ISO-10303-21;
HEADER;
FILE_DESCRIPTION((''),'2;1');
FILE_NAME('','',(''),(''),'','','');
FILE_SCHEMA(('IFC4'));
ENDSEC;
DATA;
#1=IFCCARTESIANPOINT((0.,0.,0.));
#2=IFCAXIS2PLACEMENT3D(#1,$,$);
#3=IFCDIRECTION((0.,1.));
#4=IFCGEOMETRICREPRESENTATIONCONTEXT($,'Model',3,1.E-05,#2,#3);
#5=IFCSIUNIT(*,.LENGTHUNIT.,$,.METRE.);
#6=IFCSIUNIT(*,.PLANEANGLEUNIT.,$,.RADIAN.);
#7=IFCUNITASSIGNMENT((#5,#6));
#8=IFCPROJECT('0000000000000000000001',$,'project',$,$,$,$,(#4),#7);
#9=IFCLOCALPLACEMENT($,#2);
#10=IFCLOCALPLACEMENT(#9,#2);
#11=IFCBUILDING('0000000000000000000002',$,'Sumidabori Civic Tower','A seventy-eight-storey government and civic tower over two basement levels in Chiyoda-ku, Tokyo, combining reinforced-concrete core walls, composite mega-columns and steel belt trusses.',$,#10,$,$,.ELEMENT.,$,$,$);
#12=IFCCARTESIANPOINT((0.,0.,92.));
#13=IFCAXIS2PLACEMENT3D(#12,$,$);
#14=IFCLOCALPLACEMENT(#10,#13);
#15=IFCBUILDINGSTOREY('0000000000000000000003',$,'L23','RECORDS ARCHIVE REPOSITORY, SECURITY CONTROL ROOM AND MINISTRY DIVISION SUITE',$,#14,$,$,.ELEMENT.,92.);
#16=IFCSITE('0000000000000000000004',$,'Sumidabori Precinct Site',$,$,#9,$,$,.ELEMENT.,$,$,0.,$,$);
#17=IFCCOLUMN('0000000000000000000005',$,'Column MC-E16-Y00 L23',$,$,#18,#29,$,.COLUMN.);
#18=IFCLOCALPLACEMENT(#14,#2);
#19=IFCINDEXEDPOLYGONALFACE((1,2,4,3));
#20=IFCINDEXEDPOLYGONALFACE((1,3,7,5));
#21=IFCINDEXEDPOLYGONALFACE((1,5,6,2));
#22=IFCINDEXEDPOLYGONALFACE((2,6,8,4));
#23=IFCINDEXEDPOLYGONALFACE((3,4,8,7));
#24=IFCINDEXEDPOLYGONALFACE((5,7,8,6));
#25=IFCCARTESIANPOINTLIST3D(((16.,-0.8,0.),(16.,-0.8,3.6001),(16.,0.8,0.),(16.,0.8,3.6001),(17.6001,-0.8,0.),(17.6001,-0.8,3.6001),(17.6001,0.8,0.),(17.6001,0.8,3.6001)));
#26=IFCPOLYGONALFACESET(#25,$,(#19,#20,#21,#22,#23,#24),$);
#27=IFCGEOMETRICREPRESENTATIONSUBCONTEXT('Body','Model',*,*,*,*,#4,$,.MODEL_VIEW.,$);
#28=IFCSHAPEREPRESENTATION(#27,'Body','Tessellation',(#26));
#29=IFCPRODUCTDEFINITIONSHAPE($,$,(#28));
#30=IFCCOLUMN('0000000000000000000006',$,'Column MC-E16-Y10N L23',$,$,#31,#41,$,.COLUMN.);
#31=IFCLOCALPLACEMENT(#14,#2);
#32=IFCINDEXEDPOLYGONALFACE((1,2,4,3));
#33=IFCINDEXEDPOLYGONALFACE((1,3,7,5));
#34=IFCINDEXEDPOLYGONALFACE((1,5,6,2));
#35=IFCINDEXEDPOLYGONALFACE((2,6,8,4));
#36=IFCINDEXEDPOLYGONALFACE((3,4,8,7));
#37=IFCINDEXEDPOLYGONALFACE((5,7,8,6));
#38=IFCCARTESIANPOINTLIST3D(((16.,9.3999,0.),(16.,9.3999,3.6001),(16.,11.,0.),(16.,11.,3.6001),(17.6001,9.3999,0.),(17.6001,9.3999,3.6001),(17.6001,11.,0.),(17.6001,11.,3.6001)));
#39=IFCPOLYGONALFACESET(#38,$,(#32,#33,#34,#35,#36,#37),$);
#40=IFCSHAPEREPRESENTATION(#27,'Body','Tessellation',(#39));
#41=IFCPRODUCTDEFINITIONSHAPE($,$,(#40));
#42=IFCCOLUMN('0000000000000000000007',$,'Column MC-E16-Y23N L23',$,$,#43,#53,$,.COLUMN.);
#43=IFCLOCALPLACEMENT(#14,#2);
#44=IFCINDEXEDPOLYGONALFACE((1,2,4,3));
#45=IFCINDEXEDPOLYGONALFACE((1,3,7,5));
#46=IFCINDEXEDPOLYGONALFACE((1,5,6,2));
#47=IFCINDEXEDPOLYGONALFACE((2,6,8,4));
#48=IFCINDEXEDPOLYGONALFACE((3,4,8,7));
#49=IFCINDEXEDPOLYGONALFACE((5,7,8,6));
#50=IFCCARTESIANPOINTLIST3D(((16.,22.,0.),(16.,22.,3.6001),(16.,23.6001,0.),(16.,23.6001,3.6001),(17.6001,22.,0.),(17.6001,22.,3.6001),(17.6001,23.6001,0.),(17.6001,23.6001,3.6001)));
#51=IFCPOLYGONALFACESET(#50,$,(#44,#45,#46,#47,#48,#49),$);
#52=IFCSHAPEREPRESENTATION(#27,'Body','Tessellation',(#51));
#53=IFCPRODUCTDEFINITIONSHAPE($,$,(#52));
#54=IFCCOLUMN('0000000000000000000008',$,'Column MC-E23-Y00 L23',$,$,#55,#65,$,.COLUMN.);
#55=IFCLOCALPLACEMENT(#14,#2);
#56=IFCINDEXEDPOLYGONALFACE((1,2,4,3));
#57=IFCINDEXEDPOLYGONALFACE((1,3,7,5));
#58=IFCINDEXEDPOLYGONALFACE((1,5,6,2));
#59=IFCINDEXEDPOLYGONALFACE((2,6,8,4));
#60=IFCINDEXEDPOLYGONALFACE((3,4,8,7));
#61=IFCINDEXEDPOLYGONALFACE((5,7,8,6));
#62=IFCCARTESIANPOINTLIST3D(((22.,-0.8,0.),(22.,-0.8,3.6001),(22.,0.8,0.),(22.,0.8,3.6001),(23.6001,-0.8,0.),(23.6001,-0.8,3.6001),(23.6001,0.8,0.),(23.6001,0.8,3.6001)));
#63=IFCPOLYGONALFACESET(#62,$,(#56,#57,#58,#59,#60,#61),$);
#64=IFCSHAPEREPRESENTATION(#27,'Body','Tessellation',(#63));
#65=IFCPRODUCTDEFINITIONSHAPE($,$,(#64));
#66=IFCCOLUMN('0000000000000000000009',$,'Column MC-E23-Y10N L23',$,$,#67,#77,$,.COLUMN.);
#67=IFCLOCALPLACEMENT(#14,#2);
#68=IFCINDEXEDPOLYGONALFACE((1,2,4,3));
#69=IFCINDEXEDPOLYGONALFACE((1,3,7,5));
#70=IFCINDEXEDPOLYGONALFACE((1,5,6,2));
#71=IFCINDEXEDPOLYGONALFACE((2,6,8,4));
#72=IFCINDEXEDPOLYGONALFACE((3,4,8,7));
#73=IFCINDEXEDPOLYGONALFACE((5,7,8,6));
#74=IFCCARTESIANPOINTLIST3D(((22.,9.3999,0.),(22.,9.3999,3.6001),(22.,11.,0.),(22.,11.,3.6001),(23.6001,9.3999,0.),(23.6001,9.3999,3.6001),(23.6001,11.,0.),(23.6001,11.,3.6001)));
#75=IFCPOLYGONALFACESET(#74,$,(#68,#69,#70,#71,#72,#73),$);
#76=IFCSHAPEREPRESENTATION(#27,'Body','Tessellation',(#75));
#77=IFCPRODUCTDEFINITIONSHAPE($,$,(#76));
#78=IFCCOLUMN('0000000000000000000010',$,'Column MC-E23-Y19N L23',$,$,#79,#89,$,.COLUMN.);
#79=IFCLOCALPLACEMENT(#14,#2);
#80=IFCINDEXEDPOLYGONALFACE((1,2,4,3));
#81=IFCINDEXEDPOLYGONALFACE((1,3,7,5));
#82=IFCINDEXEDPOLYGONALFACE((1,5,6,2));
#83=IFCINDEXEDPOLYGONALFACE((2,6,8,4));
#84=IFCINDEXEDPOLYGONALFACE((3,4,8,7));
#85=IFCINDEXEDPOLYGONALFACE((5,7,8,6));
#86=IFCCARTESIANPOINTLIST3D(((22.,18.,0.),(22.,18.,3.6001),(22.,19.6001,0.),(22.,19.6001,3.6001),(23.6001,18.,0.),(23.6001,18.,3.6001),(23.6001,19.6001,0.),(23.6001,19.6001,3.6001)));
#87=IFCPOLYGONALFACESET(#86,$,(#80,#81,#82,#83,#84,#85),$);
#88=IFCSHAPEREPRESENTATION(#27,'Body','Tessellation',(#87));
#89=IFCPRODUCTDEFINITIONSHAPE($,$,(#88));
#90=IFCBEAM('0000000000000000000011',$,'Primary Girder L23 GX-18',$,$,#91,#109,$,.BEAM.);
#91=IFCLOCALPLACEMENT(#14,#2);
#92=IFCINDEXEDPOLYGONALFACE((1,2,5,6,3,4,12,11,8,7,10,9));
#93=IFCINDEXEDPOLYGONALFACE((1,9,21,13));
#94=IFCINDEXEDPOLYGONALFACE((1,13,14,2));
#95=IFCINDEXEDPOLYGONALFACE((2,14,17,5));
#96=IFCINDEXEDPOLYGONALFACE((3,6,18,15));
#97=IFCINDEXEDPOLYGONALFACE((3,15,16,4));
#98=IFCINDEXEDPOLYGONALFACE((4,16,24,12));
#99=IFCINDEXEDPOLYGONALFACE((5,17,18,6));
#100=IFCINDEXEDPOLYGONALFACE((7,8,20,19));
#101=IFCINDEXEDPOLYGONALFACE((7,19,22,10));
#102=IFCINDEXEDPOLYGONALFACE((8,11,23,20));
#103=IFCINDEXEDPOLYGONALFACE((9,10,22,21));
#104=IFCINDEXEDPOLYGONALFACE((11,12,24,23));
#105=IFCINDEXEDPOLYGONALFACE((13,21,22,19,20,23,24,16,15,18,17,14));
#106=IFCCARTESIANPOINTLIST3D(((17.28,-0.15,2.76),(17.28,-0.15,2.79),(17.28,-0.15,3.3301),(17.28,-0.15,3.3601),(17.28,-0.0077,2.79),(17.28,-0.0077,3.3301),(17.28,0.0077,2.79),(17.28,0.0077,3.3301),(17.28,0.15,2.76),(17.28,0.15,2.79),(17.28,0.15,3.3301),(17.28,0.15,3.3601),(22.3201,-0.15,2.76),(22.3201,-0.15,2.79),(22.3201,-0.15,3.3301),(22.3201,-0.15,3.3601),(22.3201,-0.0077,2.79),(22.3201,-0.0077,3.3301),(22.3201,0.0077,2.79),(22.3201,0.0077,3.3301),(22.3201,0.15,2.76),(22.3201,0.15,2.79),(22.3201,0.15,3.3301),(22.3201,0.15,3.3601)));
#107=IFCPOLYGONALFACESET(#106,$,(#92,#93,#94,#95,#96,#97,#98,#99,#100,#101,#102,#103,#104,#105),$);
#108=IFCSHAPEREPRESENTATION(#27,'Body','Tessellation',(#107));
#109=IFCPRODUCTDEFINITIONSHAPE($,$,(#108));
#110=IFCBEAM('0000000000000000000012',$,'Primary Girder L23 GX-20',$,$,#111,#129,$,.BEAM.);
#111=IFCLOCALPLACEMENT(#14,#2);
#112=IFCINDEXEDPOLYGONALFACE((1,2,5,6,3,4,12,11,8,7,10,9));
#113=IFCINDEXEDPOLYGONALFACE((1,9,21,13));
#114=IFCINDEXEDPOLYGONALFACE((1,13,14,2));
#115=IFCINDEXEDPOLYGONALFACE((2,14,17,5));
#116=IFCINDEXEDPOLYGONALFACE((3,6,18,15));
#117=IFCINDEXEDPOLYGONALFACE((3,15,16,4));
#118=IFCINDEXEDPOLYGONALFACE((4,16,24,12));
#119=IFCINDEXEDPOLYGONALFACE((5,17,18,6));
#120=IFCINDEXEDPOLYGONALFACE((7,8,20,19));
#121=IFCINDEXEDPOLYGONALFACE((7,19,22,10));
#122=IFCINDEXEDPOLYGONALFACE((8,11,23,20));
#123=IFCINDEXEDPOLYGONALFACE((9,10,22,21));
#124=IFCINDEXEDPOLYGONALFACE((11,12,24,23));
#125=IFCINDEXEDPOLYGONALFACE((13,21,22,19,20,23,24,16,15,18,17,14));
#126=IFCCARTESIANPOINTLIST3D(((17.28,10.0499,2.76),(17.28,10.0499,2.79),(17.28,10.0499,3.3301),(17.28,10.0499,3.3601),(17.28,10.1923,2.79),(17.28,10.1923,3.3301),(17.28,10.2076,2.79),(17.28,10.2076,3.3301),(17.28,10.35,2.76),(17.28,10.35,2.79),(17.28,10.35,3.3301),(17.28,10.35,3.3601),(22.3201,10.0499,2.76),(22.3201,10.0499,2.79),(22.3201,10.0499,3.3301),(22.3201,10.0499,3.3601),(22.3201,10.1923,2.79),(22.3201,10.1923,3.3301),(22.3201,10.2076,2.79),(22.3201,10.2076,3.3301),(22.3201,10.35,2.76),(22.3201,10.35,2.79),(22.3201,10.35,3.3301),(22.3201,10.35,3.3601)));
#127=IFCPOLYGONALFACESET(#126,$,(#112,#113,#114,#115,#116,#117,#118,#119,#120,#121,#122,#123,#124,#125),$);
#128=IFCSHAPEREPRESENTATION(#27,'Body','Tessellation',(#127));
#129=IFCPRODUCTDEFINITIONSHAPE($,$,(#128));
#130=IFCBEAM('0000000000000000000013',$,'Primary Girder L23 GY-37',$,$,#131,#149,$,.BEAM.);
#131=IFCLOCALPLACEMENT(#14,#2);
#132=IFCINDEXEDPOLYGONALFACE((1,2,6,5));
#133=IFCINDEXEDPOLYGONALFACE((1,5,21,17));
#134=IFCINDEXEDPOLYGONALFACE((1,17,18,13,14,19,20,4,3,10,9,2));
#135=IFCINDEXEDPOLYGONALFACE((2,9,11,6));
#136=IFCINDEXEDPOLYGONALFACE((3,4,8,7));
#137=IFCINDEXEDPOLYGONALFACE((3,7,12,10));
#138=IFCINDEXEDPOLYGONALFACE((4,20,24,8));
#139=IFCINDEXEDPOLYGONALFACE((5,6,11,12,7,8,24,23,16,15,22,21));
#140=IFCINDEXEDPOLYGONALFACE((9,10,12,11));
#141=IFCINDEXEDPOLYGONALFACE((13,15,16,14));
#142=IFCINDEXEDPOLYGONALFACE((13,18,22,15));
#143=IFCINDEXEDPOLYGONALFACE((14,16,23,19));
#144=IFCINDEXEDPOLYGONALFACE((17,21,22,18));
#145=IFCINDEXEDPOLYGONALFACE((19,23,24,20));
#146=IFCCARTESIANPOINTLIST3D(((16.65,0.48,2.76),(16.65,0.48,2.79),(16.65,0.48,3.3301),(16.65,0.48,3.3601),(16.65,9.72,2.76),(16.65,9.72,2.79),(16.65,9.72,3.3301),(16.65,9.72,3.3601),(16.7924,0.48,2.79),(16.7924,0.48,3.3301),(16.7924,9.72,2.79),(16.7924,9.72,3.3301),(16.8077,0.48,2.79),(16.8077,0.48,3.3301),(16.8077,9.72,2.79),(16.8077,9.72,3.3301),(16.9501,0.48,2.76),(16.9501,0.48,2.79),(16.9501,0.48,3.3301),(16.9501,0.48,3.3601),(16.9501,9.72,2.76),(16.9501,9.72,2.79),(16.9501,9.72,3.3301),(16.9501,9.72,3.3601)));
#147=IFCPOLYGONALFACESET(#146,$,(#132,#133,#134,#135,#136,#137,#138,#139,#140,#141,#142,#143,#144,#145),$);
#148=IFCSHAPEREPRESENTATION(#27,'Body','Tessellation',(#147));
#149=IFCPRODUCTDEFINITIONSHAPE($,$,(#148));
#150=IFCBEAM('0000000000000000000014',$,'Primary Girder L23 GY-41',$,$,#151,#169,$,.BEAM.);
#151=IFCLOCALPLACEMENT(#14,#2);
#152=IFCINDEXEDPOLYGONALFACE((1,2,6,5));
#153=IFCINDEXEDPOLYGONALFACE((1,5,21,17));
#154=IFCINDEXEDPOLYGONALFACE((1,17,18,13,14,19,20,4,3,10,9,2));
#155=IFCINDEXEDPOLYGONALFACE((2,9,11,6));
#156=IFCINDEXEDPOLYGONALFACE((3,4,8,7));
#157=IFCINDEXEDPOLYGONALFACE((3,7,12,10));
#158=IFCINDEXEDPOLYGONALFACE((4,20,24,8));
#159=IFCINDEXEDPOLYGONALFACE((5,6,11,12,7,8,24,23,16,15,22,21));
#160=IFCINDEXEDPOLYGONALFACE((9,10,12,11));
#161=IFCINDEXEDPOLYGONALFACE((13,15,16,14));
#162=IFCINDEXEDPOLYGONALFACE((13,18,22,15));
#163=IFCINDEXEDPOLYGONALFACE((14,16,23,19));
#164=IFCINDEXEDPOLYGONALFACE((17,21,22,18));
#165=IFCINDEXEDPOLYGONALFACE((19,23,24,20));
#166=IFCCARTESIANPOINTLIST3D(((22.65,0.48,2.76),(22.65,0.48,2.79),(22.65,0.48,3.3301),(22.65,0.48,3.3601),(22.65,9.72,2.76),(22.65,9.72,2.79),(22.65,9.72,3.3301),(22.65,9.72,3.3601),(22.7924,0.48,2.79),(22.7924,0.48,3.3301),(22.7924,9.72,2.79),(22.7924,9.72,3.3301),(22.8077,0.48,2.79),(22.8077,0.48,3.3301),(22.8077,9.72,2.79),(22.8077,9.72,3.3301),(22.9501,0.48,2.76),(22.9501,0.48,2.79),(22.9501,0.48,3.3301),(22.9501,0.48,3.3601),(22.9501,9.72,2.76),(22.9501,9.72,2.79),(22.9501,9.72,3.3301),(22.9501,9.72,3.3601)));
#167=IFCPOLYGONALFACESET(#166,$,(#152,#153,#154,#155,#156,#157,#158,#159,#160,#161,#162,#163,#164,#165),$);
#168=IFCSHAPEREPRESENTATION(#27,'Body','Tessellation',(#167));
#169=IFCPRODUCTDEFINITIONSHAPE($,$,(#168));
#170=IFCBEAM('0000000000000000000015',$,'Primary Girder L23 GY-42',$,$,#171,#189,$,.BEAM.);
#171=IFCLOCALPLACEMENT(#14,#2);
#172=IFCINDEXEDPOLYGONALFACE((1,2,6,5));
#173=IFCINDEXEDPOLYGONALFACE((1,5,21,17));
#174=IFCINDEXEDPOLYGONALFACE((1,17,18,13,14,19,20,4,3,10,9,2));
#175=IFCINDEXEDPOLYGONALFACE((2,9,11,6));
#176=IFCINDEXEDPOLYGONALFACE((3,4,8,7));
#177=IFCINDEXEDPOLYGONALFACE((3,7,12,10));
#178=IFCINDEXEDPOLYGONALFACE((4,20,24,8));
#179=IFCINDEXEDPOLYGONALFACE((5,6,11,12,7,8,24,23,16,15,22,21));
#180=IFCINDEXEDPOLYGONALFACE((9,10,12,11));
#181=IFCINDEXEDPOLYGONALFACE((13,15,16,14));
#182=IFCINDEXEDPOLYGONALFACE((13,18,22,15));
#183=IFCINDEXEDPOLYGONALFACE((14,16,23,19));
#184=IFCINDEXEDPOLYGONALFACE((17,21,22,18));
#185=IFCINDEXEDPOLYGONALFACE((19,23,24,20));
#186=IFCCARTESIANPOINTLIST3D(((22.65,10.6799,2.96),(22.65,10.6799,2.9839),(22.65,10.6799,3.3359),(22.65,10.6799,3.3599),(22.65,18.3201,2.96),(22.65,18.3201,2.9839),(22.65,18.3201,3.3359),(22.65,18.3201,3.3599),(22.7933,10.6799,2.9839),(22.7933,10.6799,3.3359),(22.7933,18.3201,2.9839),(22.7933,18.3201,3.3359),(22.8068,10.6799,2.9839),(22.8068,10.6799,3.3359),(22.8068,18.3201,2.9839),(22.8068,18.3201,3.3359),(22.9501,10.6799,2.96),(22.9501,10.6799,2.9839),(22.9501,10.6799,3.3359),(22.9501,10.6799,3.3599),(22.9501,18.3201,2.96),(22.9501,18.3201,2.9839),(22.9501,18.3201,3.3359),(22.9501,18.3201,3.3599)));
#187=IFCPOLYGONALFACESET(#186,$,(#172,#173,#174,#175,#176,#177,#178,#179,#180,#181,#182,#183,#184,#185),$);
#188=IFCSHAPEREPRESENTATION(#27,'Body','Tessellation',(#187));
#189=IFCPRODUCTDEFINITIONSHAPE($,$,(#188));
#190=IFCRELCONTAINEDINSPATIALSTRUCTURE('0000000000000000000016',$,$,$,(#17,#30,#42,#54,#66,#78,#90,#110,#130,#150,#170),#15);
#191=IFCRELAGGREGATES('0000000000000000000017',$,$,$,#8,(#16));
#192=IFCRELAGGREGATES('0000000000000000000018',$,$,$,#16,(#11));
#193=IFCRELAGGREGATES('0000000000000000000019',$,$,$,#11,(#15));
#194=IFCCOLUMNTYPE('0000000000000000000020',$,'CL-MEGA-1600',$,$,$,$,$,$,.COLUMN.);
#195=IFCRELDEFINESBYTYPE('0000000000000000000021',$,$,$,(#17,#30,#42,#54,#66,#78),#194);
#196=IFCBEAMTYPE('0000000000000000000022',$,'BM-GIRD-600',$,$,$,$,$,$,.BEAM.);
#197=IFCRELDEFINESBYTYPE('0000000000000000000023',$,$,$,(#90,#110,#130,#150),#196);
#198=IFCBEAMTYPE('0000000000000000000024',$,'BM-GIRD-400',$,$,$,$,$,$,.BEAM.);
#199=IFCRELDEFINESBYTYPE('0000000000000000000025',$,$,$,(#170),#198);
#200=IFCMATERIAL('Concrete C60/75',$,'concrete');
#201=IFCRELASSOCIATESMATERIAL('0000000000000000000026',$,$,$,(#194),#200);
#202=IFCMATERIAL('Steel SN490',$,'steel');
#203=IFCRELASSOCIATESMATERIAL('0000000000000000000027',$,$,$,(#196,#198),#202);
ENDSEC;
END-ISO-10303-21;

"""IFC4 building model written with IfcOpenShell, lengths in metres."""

from ifc_helpers import new_model, si_unit, direction, frame, origin, origin_2d, place, context, subcontext, project, spatial, rectangle, i_section, extrude, source, transform, mapped, material, material_profile, profile_set, type_object, element, save


model = new_model("IFC4")

# Units and contexts
model_context = context("Model", 3, precision=1e-05, world=origin(), true_north=direction((0.0, 1.0)))
body_context = subcontext(model_context, "Body", "Model", "MODEL_VIEW")
ifc_project = project(units=[si_unit("LENGTHUNIT", "METRE"), si_unit("PLANEANGLEUNIT", "RADIAN")], contexts=[model_context])

# Site, building, storey
site_placement = place(None, origin())
site = spatial("IfcSite", under=ifc_project, at=site_placement, Name="Sumidabori Precinct Site", CompositionType="ELEMENT", RefElevation=0.0)
building_placement = place(site_placement, origin())
building = spatial("IfcBuilding", under=site, at=building_placement, Name="Sumidabori Civic Tower", Description="A seventy-eight-storey government and civic tower over two basement levels in Chiyoda-ku, Tokyo, combining reinforced-concrete core walls, composite mega-columns and steel belt trusses.", CompositionType="ELEMENT")
storey_placement = place(building_placement, frame((0.0, 0.0, 92.0)))
storey = spatial("IfcBuildingStorey", under=building, at=storey_placement, Name="L23", Description="RECORDS ARCHIVE REPOSITORY, SECURITY CONTROL ROOM AND MINISTRY DIVISION SUITE", CompositionType="ELEMENT", Elevation=92.0)

# Columns
ifc_material_1 = material(Name="Concrete C60/75", Category="concrete")
ifc_material_profile_1 = material_profile(ifc_material_1, rectangle(XDim=1.6001, YDim=1.6001, at=origin_2d()), Name="RC 1600x1600")
ifc_profile_set_1 = profile_set([ifc_material_profile_1], Name="Concrete C60/75")
column_type = type_object("IfcColumnType", Name="CL-MEGA-1600", PredefinedType="COLUMN", material=ifc_profile_set_1)
shared_shape_1 = source(origin(), body_context, "Body", "SweptSolid", [
    extrude(rectangle(XDim=1.6001, YDim=1.6001, at=origin_2d()), origin(), (0.0, 0.0, 1.0), 3.6001),
])
for number, where, z_axis, x_axis, name in (
    (1, (16.8, 0.0, 0.0), (0.0, 0.0, 1.0), (1.0, 0.0, 0.0), "Column MC-E16-Y00 L23"),
    (2, (16.8, 10.2, 0.0), (0.0, 0.0, 1.0), (1.0, 0.0, 0.0), "Column MC-E16-Y10N L23"),
    (3, (16.8, 22.8, 0.0), (0.0, 0.0, 1.0), (1.0, 0.0, 0.0), "Column MC-E16-Y23N L23"),
    (4, (22.8, 0.0, 0.0), (0.0, 0.0, 1.0), (1.0, 0.0, 0.0), "Column MC-E23-Y00 L23"),
    (5, (22.8, 10.2, 0.0), (0.0, 0.0, 1.0), (1.0, 0.0, 0.0), "Column MC-E23-Y10N L23"),
    (6, (22.8, 18.8, 0.0), (0.0, 0.0, 1.0), (1.0, 0.0, 0.0), "Column MC-E23-Y19N L23"),
):
    element("IfcColumn", number, at=place(storey_placement, frame(where, z_axis=z_axis, x_axis=x_axis)), inside=storey, type_object=column_type, Name=name, PredefinedType="COLUMN", context=body_context, shape_type="MappedRepresentation", body=[
        mapped(shared_shape_1, transform((0.0, 0.0, 0.0), x_axis=(1.0, 0.0, 0.0), y_axis=(0.0, 1.0, 0.0), z_axis=(0.0, 0.0, 1.0), scale=1.0)),
    ])

# Beams
ifc_material_2 = material(Name="Steel SN490", Category="steel")
ifc_material_profile_2 = material_profile(ifc_material_2, i_section(OverallWidth=0.3, OverallDepth=0.6001, WebThickness=0.0154, FlangeThickness=0.03, at=origin_2d()), Name="HE 600 B")
ifc_profile_set_2 = profile_set([ifc_material_profile_2], Name="Steel SN490")
beam_type_1 = type_object("IfcBeamType", Name="BM-GIRD-600", PredefinedType="BEAM", material=ifc_profile_set_2)
shared_shape_2 = source(origin(), body_context, "Body", "SweptSolid", [
    extrude(i_section(OverallWidth=0.3, OverallDepth=0.6001, WebThickness=0.0154, FlangeThickness=0.03, at=origin_2d()), origin(), (0.0, 0.0, 1.0), 5.04),
])
for number, where, z_axis, x_axis, name in (
    (7, (17.28, 0.0, 3.0601), (1.0, 0.0, 0.0), (0.0, 1.0, 0.0), "Primary Girder L23 GX-18"),
    (8, (17.28, 10.2, 3.0601), (1.0, 0.0, 0.0), (0.0, 1.0, 0.0), "Primary Girder L23 GX-20"),
):
    element("IfcBeam", number, at=place(storey_placement, frame(where, z_axis=z_axis, x_axis=x_axis)), inside=storey, type_object=beam_type_1, Name=name, PredefinedType="BEAM", context=body_context, shape_type="MappedRepresentation", body=[
        mapped(shared_shape_2, transform((0.0, 0.0, 0.0), x_axis=(1.0, 0.0, 0.0), y_axis=(0.0, 1.0, 0.0), z_axis=(0.0, 0.0, 1.0), scale=1.0)),
    ])
shared_shape_3 = source(origin(), body_context, "Body", "SweptSolid", [
    extrude(i_section(OverallWidth=0.3, OverallDepth=0.6001, WebThickness=0.0154, FlangeThickness=0.03, at=origin_2d()), origin(), (0.0, 0.0, 1.0), 9.24),
])
for number, where, z_axis, x_axis, name in (
    (9, (16.8, 0.48, 3.0601), (0.0, 1.0, 0.0), (-1.0, 0.0, 0.0), "Primary Girder L23 GY-37"),
    (10, (22.8, 0.48, 3.0601), (0.0, 1.0, 0.0), (-1.0, 0.0, 0.0), "Primary Girder L23 GY-41"),
):
    element("IfcBeam", number, at=place(storey_placement, frame(where, z_axis=z_axis, x_axis=x_axis)), inside=storey, type_object=beam_type_1, Name=name, PredefinedType="BEAM", context=body_context, shape_type="MappedRepresentation", body=[
        mapped(shared_shape_3, transform((0.0, 0.0, 0.0), x_axis=(1.0, 0.0, 0.0), y_axis=(0.0, 1.0, 0.0), z_axis=(0.0, 0.0, 1.0), scale=1.0)),
    ])
ifc_material_profile_3 = material_profile(ifc_material_2, i_section(OverallWidth=0.3, OverallDepth=0.3999, WebThickness=0.0134, FlangeThickness=0.0239, at=origin_2d()), Name="HE 400 B")
ifc_profile_set_3 = profile_set([ifc_material_profile_3], Name="Steel SN490")
beam_type_2 = type_object("IfcBeamType", Name="BM-GIRD-400", PredefinedType="BEAM", material=ifc_profile_set_3)
shared_shape_4 = source(origin(), body_context, "Body", "SweptSolid", [
    extrude(i_section(OverallWidth=0.3, OverallDepth=0.3999, WebThickness=0.0134, FlangeThickness=0.0239, at=origin_2d()), origin(), (0.0, 0.0, 1.0), 7.6401),
])
beam_1_placement = place(storey_placement, frame((22.8, 10.6799, 3.1599), z_axis=(0.0, 1.0, 0.0), x_axis=(-1.0, 0.0, 0.0)))
element("IfcBeam", 11, at=beam_1_placement, inside=storey, type_object=beam_type_2, Name="Primary Girder L23 GY-42", PredefinedType="BEAM", context=body_context, shape_type="MappedRepresentation", body=[
    mapped(shared_shape_4, transform((0.0, 0.0, 0.0), x_axis=(1.0, 0.0, 0.0), y_axis=(0.0, 1.0, 0.0), z_axis=(0.0, 0.0, 1.0), scale=1.0)),
])

save(model, "model.ifc")
